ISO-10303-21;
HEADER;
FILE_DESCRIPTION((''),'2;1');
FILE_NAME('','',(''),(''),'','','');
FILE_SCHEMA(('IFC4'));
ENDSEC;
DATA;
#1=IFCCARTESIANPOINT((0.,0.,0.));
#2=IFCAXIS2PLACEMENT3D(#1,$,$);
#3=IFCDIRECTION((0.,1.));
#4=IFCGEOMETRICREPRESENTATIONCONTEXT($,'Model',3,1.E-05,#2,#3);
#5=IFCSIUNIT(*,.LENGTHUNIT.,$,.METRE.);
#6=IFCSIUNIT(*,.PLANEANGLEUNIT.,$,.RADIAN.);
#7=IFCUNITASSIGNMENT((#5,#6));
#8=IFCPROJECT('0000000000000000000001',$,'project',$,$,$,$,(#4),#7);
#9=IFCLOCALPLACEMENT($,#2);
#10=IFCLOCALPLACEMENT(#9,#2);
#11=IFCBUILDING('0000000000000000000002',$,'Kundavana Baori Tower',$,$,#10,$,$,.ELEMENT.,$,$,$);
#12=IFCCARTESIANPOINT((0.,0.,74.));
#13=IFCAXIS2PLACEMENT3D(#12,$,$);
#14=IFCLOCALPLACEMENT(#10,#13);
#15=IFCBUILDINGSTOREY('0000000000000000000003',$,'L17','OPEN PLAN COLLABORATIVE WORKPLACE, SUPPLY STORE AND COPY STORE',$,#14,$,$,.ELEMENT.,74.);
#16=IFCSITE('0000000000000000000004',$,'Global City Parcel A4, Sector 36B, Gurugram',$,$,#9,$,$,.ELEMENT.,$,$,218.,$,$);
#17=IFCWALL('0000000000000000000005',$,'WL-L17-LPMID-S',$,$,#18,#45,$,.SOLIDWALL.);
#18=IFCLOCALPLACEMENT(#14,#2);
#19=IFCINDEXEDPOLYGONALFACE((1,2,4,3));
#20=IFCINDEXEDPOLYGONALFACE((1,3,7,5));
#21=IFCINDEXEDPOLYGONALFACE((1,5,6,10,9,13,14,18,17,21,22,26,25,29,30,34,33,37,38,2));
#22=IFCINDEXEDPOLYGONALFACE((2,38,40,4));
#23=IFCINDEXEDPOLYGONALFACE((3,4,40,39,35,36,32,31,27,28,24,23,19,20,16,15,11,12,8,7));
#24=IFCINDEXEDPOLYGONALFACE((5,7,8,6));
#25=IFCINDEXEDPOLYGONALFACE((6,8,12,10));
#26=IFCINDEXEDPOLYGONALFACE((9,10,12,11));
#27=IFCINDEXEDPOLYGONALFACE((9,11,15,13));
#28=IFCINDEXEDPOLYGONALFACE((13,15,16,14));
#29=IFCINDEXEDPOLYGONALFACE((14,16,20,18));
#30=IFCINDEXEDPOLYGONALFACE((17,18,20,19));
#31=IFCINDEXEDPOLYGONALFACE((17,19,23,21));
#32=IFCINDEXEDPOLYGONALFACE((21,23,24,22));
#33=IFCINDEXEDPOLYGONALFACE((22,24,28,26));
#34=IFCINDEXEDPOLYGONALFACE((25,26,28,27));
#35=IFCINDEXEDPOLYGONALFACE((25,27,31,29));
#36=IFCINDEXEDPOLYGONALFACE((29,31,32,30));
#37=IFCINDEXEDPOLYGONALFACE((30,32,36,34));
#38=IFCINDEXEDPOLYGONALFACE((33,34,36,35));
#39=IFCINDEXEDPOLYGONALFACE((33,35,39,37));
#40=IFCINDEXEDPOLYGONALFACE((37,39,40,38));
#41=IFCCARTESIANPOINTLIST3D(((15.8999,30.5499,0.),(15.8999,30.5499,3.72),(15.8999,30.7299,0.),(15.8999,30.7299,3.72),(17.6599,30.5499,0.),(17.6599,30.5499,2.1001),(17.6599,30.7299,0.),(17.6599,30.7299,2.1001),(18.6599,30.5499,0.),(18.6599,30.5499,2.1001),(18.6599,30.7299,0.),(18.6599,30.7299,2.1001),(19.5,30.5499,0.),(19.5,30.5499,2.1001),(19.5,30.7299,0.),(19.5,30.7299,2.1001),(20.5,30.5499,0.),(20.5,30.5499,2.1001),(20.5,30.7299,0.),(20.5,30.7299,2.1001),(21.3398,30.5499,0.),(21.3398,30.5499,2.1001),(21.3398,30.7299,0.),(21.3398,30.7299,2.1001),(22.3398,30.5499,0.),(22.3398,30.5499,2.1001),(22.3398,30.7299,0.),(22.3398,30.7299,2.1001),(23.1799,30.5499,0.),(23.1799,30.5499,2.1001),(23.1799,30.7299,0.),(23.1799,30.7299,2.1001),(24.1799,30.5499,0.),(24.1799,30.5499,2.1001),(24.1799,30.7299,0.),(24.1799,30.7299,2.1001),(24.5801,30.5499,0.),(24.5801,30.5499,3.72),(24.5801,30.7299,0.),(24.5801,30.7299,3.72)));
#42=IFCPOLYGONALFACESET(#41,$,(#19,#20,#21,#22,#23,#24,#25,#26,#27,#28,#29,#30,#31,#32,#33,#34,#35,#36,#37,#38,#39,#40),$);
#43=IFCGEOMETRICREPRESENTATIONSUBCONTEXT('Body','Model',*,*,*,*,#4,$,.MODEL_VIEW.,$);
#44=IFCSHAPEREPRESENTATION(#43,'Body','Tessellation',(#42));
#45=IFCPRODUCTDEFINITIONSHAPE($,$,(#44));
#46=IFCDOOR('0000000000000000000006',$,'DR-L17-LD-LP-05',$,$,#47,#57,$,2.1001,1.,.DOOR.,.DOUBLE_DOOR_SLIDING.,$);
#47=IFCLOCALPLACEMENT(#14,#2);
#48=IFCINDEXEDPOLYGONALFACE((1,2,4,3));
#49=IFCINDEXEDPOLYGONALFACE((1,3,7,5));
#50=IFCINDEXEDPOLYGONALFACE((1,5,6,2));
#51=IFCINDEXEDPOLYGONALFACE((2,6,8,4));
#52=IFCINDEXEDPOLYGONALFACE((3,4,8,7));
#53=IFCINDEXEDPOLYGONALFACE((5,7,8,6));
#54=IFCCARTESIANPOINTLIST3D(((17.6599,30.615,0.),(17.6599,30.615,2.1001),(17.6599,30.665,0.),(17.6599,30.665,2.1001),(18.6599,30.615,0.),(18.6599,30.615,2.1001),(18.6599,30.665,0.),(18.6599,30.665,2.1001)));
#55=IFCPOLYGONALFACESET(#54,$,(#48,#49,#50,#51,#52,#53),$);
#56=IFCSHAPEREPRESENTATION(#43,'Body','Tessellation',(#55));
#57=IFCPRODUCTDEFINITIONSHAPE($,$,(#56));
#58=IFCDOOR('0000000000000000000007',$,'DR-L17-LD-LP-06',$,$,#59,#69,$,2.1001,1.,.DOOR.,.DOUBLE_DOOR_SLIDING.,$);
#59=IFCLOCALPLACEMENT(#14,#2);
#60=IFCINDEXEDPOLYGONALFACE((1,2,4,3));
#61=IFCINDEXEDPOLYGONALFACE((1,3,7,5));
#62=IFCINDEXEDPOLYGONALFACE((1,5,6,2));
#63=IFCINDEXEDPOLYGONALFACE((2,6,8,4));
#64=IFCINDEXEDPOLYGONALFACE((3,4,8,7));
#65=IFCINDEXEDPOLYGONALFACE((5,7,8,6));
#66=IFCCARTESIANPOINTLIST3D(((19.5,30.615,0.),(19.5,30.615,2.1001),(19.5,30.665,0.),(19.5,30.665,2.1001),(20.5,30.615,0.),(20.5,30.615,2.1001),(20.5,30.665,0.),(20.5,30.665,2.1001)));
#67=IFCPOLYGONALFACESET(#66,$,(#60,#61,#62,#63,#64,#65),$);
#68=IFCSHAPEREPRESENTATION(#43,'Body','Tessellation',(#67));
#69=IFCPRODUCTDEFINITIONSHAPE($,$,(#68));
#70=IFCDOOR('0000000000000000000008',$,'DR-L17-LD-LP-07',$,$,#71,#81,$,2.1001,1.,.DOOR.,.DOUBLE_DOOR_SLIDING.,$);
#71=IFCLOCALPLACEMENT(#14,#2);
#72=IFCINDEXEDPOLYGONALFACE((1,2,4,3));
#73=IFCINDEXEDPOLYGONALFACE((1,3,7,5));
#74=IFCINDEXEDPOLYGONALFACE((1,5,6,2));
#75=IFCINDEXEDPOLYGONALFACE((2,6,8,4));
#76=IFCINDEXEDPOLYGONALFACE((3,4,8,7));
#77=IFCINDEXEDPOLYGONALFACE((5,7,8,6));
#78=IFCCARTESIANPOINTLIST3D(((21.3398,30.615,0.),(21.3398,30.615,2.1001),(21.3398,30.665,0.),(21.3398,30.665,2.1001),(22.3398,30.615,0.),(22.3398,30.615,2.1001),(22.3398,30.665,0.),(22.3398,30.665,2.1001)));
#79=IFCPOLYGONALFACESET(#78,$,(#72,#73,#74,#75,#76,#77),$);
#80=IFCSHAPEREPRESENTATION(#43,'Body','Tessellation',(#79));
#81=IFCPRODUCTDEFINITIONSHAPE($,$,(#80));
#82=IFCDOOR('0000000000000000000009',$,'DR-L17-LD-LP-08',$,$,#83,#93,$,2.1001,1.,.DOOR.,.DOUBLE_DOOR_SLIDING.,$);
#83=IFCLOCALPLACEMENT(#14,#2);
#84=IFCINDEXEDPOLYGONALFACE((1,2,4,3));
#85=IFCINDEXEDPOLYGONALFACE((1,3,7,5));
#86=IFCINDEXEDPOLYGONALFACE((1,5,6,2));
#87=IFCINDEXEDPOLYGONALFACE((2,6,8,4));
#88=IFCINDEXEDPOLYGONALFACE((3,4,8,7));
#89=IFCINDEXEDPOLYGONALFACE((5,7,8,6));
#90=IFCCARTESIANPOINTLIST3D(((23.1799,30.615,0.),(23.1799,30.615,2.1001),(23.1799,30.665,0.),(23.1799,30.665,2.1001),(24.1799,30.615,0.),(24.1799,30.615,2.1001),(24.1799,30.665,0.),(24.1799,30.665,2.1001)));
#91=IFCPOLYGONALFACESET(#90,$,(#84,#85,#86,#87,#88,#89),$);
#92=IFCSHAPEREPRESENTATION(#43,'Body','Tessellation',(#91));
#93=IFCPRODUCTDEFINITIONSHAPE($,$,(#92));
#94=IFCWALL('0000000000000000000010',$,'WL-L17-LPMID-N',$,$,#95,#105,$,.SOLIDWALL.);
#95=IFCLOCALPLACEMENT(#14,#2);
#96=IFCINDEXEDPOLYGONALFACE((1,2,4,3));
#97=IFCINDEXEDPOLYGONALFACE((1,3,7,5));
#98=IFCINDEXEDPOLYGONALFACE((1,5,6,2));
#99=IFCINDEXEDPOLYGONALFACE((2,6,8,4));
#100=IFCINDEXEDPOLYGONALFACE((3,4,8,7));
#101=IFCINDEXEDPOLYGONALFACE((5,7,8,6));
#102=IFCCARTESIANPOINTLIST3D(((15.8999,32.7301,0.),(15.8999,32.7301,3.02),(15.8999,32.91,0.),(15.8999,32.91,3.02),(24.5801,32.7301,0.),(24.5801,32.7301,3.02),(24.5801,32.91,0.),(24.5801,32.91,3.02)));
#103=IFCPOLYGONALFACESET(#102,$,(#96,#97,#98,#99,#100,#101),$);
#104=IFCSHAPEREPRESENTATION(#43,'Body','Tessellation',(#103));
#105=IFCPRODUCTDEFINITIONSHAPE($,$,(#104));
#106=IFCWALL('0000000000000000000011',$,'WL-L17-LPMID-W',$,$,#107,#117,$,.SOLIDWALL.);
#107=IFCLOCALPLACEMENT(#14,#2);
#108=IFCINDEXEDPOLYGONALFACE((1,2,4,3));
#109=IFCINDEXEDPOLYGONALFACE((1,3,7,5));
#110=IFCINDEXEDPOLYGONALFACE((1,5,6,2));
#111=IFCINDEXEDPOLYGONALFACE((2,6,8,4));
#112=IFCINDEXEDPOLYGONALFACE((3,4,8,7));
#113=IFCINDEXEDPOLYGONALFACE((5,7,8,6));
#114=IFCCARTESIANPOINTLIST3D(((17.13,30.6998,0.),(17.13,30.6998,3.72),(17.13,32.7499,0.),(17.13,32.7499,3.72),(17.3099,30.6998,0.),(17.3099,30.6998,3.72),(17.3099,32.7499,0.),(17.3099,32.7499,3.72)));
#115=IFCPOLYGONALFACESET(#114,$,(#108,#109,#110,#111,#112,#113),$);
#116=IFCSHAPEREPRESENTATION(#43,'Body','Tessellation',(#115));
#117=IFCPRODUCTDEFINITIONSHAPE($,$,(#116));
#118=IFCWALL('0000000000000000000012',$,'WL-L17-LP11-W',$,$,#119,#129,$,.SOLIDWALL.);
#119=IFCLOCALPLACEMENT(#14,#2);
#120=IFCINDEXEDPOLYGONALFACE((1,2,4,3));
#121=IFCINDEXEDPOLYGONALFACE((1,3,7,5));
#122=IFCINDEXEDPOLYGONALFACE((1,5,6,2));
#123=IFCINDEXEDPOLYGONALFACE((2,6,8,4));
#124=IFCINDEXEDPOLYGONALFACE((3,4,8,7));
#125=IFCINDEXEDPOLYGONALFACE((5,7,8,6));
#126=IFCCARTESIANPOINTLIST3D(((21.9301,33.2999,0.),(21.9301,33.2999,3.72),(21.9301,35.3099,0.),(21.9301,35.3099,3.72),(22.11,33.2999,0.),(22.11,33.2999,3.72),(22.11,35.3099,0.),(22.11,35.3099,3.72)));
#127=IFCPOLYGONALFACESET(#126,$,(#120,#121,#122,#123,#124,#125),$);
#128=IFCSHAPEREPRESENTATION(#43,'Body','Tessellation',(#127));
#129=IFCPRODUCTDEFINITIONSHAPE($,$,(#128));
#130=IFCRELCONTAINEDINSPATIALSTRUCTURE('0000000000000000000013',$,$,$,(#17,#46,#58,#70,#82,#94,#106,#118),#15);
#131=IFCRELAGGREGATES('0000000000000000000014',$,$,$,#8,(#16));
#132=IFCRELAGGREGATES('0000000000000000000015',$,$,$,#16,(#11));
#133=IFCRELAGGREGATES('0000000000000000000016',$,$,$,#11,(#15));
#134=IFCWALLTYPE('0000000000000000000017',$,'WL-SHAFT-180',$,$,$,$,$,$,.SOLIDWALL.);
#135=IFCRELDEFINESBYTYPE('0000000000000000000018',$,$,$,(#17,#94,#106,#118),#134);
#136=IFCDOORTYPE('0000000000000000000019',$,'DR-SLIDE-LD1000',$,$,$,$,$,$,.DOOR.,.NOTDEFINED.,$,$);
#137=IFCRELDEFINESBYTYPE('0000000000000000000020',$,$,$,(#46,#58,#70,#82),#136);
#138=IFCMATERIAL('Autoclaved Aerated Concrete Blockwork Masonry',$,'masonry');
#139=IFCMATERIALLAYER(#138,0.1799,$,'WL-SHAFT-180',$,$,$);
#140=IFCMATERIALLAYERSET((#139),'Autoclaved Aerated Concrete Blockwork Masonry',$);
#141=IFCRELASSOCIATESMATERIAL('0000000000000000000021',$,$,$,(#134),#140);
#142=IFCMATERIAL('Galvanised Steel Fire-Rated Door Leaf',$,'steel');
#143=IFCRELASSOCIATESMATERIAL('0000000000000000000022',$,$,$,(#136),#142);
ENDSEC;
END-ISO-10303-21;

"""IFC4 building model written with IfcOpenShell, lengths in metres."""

from ifc_helpers import new_model, si_unit, direction, frame, frame_2d, origin, place, context, subcontext, project, spatial, rectangle, extrude, material, layer, layer_set, type_object, element, fill, save


model = new_model("IFC4")

# Units and contexts
model_context = context("Model", 3, precision=1e-05, world=origin(), true_north=direction((0.0, 1.0)))
body_context = subcontext(model_context, "Body", "Model", "MODEL_VIEW")
ifc_project = project(units=[si_unit("LENGTHUNIT", "METRE"), si_unit("PLANEANGLEUNIT", "RADIAN")], contexts=[model_context])

# Site, building, storey
site_placement = place(None, origin())
site = spatial("IfcSite", under=ifc_project, at=site_placement, Name="Global City Parcel A4, Sector 36B, Gurugram", CompositionType="ELEMENT", RefElevation=218.0)
building_placement = place(site_placement, origin())
building = spatial("IfcBuilding", under=site, at=building_placement, Name="Kundavana Baori Tower", CompositionType="ELEMENT")
storey_placement = place(building_placement, frame((0.0, 0.0, 74.0)))
storey = spatial("IfcBuildingStorey", under=building, at=storey_placement, Name="L17", Description="OPEN PLAN COLLABORATIVE WORKPLACE, SUPPLY STORE AND COPY STORE", CompositionType="ELEMENT", Elevation=74.0)

# Shared definitions
ifc_material_1 = material(Name="Autoclaved Aerated Concrete Blockwork Masonry", Category="masonry")
ifc_layer_1 = layer(ifc_material_1, 0.1799, Name="WL-SHAFT-180")
ifc_layer_set_1 = layer_set([ifc_layer_1], Name="Autoclaved Aerated Concrete Blockwork Masonry")
wall_type_1 = type_object("IfcWallType", Name="WL-SHAFT-180", PredefinedType="SOLIDWALL", material=ifc_layer_set_1)
ifc_material_2 = material(Name="Galvanised Steel Fire-Rated Door Leaf", Category="steel")
door_type_1 = type_object("IfcDoorType", Name="DR-SLIDE-LD1000", OperationType="NOTDEFINED", PredefinedType="DOOR", material=ifc_material_2)

# Wall, openings, doors
wall_1_placement = place(storey_placement, frame((15.8999, 30.6399, 0.0), z_axis=(0.0, 0.0, 1.0), x_axis=(1.0, 0.0, 0.0)))
wall_1 = element("IfcWall", 1, at=wall_1_placement, inside=storey, type_object=wall_type_1, Name="WL-L17-LPMID-S", PredefinedType="SOLIDWALL", context=body_context, shape_type="SweptSolid", body=[
    extrude(rectangle(XDim=8.6802, YDim=0.1799, at=frame_2d((4.3401, 0.0))), origin(), (0.0, 0.0, 1.0), 3.72),
])
opening_1_placement = place(wall_1_placement, frame((1.76, 0.0, 0.0)))
opening_1 = element("IfcOpeningElement", 2, at=opening_1_placement, cuts=wall_1, PredefinedType="OPENING", context=body_context, shape_type="SweptSolid", body=[
    extrude(rectangle(XDim=1.0, YDim=2.1001, at=frame_2d((0.5, 1.05))), frame((0.0, 0.1001, 0.0), z_axis=(0.0, -1.0, 0.0), x_axis=(1.0, 0.0, 0.0)), (0.0, 0.0, 1.0), 0.2),
])
opening_2_placement = place(wall_1_placement, frame((3.6001, 0.0, 0.0)))
opening_2 = element("IfcOpeningElement", 3, at=opening_2_placement, cuts=wall_1, PredefinedType="OPENING", context=body_context, shape_type="SweptSolid", body=[
    extrude(rectangle(XDim=1.0, YDim=2.1001, at=frame_2d((0.5, 1.05))), frame((0.0, 0.1001, 0.0), z_axis=(0.0, -1.0, 0.0), x_axis=(1.0, 0.0, 0.0)), (0.0, 0.0, 1.0), 0.2),
])
opening_3_placement = place(wall_1_placement, frame((5.4399, 0.0, 0.0)))
opening_3 = element("IfcOpeningElement", 4, at=opening_3_placement, cuts=wall_1, PredefinedType="OPENING", context=body_context, shape_type="SweptSolid", body=[
    extrude(rectangle(XDim=1.0, YDim=2.1001, at=frame_2d((0.5, 1.05))), frame((0.0, 0.1001, 0.0), z_axis=(0.0, -1.0, 0.0), x_axis=(1.0, 0.0, 0.0)), (0.0, 0.0, 1.0), 0.2),
])
opening_4_placement = place(wall_1_placement, frame((7.28, 0.0, 0.0)))
opening_4 = element("IfcOpeningElement", 5, at=opening_4_placement, cuts=wall_1, PredefinedType="OPENING", context=body_context, shape_type="SweptSolid", body=[
    extrude(rectangle(XDim=1.0, YDim=2.1001, at=frame_2d((0.5, 1.05))), frame((0.0, 0.1001, 0.0), z_axis=(0.0, -1.0, 0.0), x_axis=(1.0, 0.0, 0.0)), (0.0, 0.0, 1.0), 0.2),
])
door_1_placement = place(opening_1_placement, frame((1.0, 0.0, 0.0), z_axis=(0.0, 0.0, 1.0), x_axis=(-1.0, 0.0, 0.0)))
door_1 = element("IfcDoor", 6, at=door_1_placement, inside=storey, type_object=door_type_1, Name="DR-L17-LD-LP-05", OperationType="DOUBLE_DOOR_SLIDING", OverallHeight=2.1001, OverallWidth=1.0, PredefinedType="DOOR", context=body_context, shape_type="SweptSolid", body=[
    extrude(rectangle(XDim=1.0, YDim=2.1001, at=frame_2d((0.5, 1.05))), frame((0.0, 0.0249, 0.0), z_axis=(0.0, -1.0, 0.0), x_axis=(1.0, 0.0, 0.0)), (0.0, 0.0, 1.0), 0.05),
])
fill(opening_1, door_1)
door_2_placement = place(opening_2_placement, frame((1.0, 0.0, 0.0), z_axis=(0.0, 0.0, 1.0), x_axis=(-1.0, 0.0, 0.0)))
door_2 = element("IfcDoor", 7, at=door_2_placement, inside=storey, type_object=door_type_1, Name="DR-L17-LD-LP-06", OperationType="DOUBLE_DOOR_SLIDING", OverallHeight=2.1001, OverallWidth=1.0, PredefinedType="DOOR", context=body_context, shape_type="SweptSolid", body=[
    extrude(rectangle(XDim=1.0, YDim=2.1001, at=frame_2d((0.5, 1.05))), frame((0.0, 0.0249, 0.0), z_axis=(0.0, -1.0, 0.0), x_axis=(1.0, 0.0, 0.0)), (0.0, 0.0, 1.0), 0.05),
])
fill(opening_2, door_2)
door_3_placement = place(opening_3_placement, frame((1.0, 0.0, 0.0), z_axis=(0.0, 0.0, 1.0), x_axis=(-1.0, 0.0, 0.0)))
door_3 = element("IfcDoor", 8, at=door_3_placement, inside=storey, type_object=door_type_1, Name="DR-L17-LD-LP-07", OperationType="DOUBLE_DOOR_SLIDING", OverallHeight=2.1001, OverallWidth=1.0, PredefinedType="DOOR", context=body_context, shape_type="SweptSolid", body=[
    extrude(rectangle(XDim=1.0, YDim=2.1001, at=frame_2d((0.5, 1.05))), frame((0.0, 0.0249, 0.0), z_axis=(0.0, -1.0, 0.0), x_axis=(1.0, 0.0, 0.0)), (0.0, 0.0, 1.0), 0.05),
])
fill(opening_3, door_3)
door_4_placement = place(opening_4_placement, frame((1.0, 0.0, 0.0), z_axis=(0.0, 0.0, 1.0), x_axis=(-1.0, 0.0, 0.0)))
door_4 = element("IfcDoor", 9, at=door_4_placement, inside=storey, type_object=door_type_1, Name="DR-L17-LD-LP-08", OperationType="DOUBLE_DOOR_SLIDING", OverallHeight=2.1001, OverallWidth=1.0, PredefinedType="DOOR", context=body_context, shape_type="SweptSolid", body=[
    extrude(rectangle(XDim=1.0, YDim=2.1001, at=frame_2d((0.5, 1.05))), frame((0.0, 0.0249, 0.0), z_axis=(0.0, -1.0, 0.0), x_axis=(1.0, 0.0, 0.0)), (0.0, 0.0, 1.0), 0.05),
])
fill(opening_4, door_4)

# Walls
wall_2_placement = place(storey_placement, frame((15.8999, 32.8201, 0.0), z_axis=(0.0, 0.0, 1.0), x_axis=(1.0, 0.0, 0.0)))
element("IfcWall", 10, at=wall_2_placement, inside=storey, type_object=wall_type_1, Name="WL-L17-LPMID-N", PredefinedType="SOLIDWALL", context=body_context, shape_type="SweptSolid", body=[
    extrude(rectangle(XDim=8.6802, YDim=0.1799, at=frame_2d((4.3401, 0.0))), origin(), (0.0, 0.0, 1.0), 3.02),
])
wall_3_placement = place(storey_placement, frame((17.22, 30.7, 0.0), z_axis=(0.0, 0.0, 1.0), x_axis=(0.0, 1.0, 0.0)))
element("IfcWall", 11, at=wall_3_placement, inside=storey, type_object=wall_type_1, Name="WL-L17-LPMID-W", PredefinedType="SOLIDWALL", context=body_context, shape_type="SweptSolid", body=[
    extrude(rectangle(XDim=2.05, YDim=0.1799, at=frame_2d((1.0249, 0.0))), origin(), (0.0, 0.0, 1.0), 3.72),
])
wall_4_placement = place(storey_placement, frame((22.02, 33.3, 0.0), z_axis=(0.0, 0.0, 1.0), x_axis=(0.0, 1.0, 0.0)))
element("IfcWall", 12, at=wall_4_placement, inside=storey, type_object=wall_type_1, Name="WL-L17-LP11-W", PredefinedType="SOLIDWALL", context=body_context, shape_type="SweptSolid", body=[
    extrude(rectangle(XDim=2.01, YDim=0.1799, at=frame_2d((1.0049, 0.0))), origin(), (0.0, 0.0, 1.0), 3.72),
])

save(model, "model.ifc")
